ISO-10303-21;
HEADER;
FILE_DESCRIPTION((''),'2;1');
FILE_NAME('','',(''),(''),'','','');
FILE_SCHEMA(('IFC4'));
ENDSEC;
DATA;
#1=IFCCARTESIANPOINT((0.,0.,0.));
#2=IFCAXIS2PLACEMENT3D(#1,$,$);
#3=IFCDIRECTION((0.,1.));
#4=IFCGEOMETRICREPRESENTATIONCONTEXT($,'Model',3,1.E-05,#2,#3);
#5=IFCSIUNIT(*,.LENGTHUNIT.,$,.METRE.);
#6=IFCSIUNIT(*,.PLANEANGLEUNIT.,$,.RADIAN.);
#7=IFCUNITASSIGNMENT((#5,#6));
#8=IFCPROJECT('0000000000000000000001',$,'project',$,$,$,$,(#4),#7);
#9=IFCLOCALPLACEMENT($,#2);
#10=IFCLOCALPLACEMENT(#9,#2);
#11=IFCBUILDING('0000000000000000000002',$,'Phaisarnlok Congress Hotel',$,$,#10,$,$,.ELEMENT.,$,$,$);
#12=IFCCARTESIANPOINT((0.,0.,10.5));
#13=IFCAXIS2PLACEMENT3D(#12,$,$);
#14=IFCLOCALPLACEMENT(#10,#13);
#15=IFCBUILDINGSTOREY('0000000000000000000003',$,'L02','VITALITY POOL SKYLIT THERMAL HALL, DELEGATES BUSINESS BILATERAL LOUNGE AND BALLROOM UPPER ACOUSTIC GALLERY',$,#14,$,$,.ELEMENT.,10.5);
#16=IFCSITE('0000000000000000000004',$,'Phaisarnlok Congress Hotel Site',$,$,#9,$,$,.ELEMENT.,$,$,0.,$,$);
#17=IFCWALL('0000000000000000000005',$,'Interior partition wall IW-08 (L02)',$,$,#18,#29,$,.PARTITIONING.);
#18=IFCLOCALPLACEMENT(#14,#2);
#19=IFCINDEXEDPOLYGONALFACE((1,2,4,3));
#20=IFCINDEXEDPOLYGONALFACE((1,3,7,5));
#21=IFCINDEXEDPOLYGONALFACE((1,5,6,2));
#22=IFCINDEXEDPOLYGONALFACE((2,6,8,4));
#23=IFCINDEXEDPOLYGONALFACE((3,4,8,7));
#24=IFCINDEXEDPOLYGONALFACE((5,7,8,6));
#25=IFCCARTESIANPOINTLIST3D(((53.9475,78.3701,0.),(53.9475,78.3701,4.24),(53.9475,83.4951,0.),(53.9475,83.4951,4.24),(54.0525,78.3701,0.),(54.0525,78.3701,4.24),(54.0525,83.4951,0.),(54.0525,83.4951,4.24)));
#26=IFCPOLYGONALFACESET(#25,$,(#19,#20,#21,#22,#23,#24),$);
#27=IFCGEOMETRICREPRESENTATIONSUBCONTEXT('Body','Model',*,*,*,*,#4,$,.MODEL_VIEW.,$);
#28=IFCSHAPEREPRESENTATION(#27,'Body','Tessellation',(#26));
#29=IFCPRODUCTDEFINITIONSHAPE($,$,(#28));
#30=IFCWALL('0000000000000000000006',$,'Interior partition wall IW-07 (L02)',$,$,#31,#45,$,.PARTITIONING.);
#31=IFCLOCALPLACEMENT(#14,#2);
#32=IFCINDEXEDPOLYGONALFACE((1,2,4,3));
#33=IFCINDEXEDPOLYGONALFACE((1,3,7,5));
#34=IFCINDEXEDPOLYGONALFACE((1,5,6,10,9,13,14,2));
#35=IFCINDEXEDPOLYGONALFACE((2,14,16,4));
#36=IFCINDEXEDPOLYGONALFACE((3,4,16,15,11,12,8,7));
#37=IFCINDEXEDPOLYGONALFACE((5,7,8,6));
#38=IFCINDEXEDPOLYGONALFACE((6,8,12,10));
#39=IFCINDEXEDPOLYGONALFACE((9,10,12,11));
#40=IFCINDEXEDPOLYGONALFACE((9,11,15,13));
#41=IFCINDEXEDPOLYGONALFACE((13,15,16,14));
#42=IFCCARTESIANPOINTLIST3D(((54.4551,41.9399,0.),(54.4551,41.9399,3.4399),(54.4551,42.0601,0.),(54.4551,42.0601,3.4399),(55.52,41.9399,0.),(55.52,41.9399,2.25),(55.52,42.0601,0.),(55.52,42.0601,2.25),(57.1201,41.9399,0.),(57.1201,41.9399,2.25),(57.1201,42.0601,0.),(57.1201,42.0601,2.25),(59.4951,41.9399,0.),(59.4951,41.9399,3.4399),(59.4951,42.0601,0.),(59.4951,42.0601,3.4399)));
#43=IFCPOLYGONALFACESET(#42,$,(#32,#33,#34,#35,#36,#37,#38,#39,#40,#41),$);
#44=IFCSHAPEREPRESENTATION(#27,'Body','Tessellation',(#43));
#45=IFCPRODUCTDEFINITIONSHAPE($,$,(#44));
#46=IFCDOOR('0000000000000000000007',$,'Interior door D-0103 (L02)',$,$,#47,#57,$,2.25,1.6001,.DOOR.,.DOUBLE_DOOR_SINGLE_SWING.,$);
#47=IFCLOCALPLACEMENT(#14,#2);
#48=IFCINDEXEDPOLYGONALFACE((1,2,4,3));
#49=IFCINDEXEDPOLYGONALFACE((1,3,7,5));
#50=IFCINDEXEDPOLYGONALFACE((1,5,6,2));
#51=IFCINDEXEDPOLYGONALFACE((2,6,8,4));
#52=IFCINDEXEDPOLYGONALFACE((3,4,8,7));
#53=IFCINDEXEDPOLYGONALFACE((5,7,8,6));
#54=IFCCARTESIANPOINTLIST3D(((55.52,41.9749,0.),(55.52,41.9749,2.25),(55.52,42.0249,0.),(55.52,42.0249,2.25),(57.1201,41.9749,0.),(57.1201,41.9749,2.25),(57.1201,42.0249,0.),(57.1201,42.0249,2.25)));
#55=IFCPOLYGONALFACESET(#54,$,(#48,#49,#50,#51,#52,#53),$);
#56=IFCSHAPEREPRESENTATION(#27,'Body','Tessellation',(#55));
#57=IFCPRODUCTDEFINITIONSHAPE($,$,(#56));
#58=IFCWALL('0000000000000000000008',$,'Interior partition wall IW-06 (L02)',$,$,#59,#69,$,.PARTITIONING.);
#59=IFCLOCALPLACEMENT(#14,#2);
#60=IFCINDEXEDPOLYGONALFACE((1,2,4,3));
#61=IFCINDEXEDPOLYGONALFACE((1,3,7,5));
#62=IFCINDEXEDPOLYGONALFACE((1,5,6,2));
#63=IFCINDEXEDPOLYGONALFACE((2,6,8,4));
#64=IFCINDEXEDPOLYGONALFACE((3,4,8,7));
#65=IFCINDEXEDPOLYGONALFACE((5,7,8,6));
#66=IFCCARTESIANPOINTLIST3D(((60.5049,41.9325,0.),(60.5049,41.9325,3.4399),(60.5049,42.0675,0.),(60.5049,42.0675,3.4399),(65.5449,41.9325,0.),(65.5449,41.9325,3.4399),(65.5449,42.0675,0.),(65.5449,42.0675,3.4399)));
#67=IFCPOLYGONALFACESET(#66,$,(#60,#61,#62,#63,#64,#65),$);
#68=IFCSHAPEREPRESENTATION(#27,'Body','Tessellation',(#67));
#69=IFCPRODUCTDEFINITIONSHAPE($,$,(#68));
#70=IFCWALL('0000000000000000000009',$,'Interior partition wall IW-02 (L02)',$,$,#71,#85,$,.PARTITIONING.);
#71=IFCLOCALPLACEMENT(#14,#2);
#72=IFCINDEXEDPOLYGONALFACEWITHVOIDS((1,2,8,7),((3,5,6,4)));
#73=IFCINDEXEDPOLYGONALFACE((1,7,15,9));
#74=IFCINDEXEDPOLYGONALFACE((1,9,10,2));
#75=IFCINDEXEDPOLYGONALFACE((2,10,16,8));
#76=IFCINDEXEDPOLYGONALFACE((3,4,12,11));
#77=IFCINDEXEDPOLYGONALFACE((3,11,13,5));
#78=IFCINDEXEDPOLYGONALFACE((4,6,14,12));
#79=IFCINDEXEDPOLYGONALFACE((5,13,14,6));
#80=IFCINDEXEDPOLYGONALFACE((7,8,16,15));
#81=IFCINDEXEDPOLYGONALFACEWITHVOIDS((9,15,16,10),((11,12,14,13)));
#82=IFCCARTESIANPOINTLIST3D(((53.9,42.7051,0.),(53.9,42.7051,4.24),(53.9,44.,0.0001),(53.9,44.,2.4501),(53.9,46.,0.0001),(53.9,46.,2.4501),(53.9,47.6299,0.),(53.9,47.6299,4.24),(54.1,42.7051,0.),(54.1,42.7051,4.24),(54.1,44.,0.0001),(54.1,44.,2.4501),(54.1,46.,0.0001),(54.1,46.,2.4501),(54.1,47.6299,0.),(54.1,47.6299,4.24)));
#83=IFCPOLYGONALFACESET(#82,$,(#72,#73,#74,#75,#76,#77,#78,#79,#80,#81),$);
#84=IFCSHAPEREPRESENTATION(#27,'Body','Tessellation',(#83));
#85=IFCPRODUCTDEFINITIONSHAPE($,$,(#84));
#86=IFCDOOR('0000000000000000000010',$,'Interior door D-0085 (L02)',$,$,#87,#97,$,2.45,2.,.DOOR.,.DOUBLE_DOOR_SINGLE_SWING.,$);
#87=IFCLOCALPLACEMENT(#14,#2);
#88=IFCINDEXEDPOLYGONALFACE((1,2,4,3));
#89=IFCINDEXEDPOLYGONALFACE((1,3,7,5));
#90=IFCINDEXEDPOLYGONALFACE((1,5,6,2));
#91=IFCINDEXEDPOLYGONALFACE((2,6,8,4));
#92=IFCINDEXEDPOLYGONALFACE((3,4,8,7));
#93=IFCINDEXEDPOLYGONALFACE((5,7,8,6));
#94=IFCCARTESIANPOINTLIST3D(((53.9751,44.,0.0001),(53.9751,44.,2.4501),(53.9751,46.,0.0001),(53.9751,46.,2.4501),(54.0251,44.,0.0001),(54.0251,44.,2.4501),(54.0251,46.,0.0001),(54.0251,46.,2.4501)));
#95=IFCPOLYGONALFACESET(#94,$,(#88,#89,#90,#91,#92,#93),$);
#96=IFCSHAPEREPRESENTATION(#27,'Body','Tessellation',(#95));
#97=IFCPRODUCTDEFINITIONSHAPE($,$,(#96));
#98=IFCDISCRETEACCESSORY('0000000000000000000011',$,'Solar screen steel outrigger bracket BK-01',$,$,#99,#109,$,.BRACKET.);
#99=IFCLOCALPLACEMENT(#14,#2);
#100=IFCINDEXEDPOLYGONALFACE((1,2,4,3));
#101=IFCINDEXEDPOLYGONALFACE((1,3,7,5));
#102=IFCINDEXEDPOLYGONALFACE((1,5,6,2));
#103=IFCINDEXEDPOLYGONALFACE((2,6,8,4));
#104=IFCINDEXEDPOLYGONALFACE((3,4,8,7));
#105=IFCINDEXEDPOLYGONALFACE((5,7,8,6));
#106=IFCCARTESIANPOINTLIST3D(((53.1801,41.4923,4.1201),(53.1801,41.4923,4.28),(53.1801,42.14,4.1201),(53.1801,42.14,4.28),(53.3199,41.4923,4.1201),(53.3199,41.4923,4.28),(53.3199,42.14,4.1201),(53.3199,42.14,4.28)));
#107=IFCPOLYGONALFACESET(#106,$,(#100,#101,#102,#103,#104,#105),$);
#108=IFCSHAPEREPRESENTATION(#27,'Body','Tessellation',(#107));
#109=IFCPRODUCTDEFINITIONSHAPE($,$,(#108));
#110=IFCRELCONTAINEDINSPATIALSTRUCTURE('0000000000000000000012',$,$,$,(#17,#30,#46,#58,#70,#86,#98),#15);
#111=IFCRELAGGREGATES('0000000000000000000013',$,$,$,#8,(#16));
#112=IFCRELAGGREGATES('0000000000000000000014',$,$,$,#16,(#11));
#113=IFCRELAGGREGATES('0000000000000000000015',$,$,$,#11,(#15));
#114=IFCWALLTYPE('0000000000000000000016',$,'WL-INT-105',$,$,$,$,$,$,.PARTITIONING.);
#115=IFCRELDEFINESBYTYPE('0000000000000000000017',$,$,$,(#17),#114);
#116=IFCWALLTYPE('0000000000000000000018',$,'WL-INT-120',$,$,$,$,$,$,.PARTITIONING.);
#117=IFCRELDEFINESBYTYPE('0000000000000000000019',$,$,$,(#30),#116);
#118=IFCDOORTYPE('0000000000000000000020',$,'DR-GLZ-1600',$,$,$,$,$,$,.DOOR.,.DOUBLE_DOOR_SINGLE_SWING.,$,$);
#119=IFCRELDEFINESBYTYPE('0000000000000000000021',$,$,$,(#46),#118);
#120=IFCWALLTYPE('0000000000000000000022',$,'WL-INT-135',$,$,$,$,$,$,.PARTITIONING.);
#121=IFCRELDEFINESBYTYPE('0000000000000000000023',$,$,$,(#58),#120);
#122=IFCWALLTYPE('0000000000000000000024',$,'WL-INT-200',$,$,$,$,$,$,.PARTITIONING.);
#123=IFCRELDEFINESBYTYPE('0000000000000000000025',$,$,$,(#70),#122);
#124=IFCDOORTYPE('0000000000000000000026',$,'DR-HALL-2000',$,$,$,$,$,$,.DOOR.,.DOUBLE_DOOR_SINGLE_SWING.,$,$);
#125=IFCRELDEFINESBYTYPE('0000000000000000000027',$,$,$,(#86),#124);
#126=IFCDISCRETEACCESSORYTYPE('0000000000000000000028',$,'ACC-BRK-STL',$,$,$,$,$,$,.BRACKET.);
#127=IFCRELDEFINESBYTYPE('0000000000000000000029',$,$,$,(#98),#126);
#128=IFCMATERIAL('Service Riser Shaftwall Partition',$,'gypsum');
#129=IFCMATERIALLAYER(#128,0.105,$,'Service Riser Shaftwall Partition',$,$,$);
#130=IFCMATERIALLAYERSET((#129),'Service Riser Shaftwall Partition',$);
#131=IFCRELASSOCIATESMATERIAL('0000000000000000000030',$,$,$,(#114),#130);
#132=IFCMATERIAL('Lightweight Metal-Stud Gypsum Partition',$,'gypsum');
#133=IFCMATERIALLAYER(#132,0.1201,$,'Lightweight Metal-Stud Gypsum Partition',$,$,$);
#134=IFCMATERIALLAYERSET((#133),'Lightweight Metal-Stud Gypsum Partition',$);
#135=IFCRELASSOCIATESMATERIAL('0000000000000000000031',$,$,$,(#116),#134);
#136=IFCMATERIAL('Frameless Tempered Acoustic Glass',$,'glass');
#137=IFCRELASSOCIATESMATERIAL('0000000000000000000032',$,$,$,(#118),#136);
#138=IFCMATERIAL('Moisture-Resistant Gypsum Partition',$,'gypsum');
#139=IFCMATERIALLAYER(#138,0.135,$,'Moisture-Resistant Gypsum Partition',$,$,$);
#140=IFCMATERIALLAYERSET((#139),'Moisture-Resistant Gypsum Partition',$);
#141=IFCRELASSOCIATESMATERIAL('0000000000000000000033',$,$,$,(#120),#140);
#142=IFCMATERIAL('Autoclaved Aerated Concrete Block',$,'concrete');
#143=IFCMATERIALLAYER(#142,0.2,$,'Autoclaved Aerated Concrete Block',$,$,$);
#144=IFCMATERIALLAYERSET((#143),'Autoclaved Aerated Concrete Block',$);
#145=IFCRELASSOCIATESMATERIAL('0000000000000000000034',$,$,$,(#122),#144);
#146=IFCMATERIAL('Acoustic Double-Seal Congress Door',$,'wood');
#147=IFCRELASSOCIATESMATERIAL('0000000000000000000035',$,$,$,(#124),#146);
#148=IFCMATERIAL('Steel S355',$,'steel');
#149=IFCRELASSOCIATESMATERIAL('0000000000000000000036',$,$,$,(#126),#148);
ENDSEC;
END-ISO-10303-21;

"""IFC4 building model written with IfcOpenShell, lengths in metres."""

from ifc_helpers import new_model, si_unit, direction, frame, frame_2d, origin, origin_2d, place, context, subcontext, project, spatial, rectangle, extrude, material, layer, layer_set, type_object, element, fill, save


model = new_model("IFC4")

# Units and contexts
model_context = context("Model", 3, precision=1e-05, world=origin(), true_north=direction((0.0, 1.0)))
body_context = subcontext(model_context, "Body", "Model", "MODEL_VIEW")
ifc_project = project(units=[si_unit("LENGTHUNIT", "METRE"), si_unit("PLANEANGLEUNIT", "RADIAN")], contexts=[model_context])

# Site, building, storey
site_placement = place(None, origin())
site = spatial("IfcSite", under=ifc_project, at=site_placement, Name="Phaisarnlok Congress Hotel Site", CompositionType="ELEMENT", RefElevation=0.0)
building_placement = place(site_placement, origin())
building = spatial("IfcBuilding", under=site, at=building_placement, Name="Phaisarnlok Congress Hotel", CompositionType="ELEMENT")
storey_placement = place(building_placement, frame((0.0, 0.0, 10.5)))
storey = spatial("IfcBuildingStorey", under=building, at=storey_placement, Name="L02", Description="VITALITY POOL SKYLIT THERMAL HALL, DELEGATES BUSINESS BILATERAL LOUNGE AND BALLROOM UPPER ACOUSTIC GALLERY", CompositionType="ELEMENT", Elevation=10.5)

# Wall
ifc_material_1 = material(Name="Service Riser Shaftwall Partition", Category="gypsum")
ifc_layer_1 = layer(ifc_material_1, 0.105, Name="Service Riser Shaftwall Partition")
ifc_layer_set_1 = layer_set([ifc_layer_1], Name="Service Riser Shaftwall Partition")
wall_type_1 = type_object("IfcWallType", Name="WL-INT-105", PredefinedType="PARTITIONING", material=ifc_layer_set_1)
wall_1_placement = place(storey_placement, frame((54.0, 78.3701, 0.0), z_axis=(0.0, 0.0, 1.0), x_axis=(0.0, 1.0, 0.0)))
element("IfcWall", 1, at=wall_1_placement, inside=storey, type_object=wall_type_1, Name="Interior partition wall IW-08 (L02)", PredefinedType="PARTITIONING", context=body_context, shape_type="SweptSolid", body=[
    extrude(rectangle(XDim=5.125, YDim=0.105, at=frame_2d((2.5625, 0.0))), origin(), (0.0, 0.0, 1.0), 4.24),
])

# Wall, opening, door
ifc_material_2 = material(Name="Lightweight Metal-Stud Gypsum Partition", Category="gypsum")
ifc_layer_2 = layer(ifc_material_2, 0.1201, Name="Lightweight Metal-Stud Gypsum Partition")
ifc_layer_set_2 = layer_set([ifc_layer_2], Name="Lightweight Metal-Stud Gypsum Partition")
wall_type_2 = type_object("IfcWallType", Name="WL-INT-120", PredefinedType="PARTITIONING", material=ifc_layer_set_2)
wall_2_placement = place(storey_placement, frame((54.4551, 42.0, 0.0), z_axis=(0.0, 0.0, 1.0), x_axis=(1.0, 0.0, 0.0)))
wall_2 = element("IfcWall", 2, at=wall_2_placement, inside=storey, type_object=wall_type_2, Name="Interior partition wall IW-07 (L02)", PredefinedType="PARTITIONING", context=body_context, shape_type="SweptSolid", body=[
    extrude(rectangle(XDim=5.04, YDim=0.1201, at=frame_2d((2.52, 0.0))), origin(), (0.0, 0.0, 1.0), 3.4399),
])
opening_1_placement = place(wall_2_placement, frame((1.0649, 0.0, 0.0)))
opening_1 = element("IfcOpeningElement", 3, at=opening_1_placement, cuts=wall_2, PredefinedType="OPENING", context=body_context, shape_type="SweptSolid", body=[
    extrude(rectangle(XDim=1.6001, YDim=2.25, at=frame_2d((0.8, 1.125))), frame((0.0, 0.0701, 0.0), z_axis=(0.0, -1.0, 0.0), x_axis=(1.0, 0.0, 0.0)), (0.0, 0.0, 1.0), 0.1401),
])
ifc_material_3 = material(Name="Frameless Tempered Acoustic Glass", Category="glass")
door_type_1 = type_object("IfcDoorType", Name="DR-GLZ-1600", OperationType="DOUBLE_DOOR_SINGLE_SWING", PredefinedType="DOOR", material=ifc_material_3)
door_1_placement = place(opening_1_placement, origin())
door_1 = element("IfcDoor", 4, at=door_1_placement, inside=storey, type_object=door_type_1, Name="Interior door D-0103 (L02)", OperationType="DOUBLE_DOOR_SINGLE_SWING", OverallHeight=2.25, OverallWidth=1.6001, PredefinedType="DOOR", context=body_context, shape_type="SweptSolid", body=[
    extrude(rectangle(XDim=1.6001, YDim=2.25, at=frame_2d((0.8, 1.125))), frame((0.0, 0.0249, 0.0), z_axis=(0.0, -1.0, 0.0), x_axis=(1.0, 0.0, 0.0)), (0.0, 0.0, 1.0), 0.05),
])
fill(opening_1, door_1)

# Wall
ifc_material_4 = material(Name="Moisture-Resistant Gypsum Partition", Category="gypsum")
ifc_layer_3 = layer(ifc_material_4, 0.135, Name="Moisture-Resistant Gypsum Partition")
ifc_layer_set_3 = layer_set([ifc_layer_3], Name="Moisture-Resistant Gypsum Partition")
wall_type_3 = type_object("IfcWallType", Name="WL-INT-135", PredefinedType="PARTITIONING", material=ifc_layer_set_3)
wall_3_placement = place(storey_placement, frame((60.5049, 42.0, 0.0), z_axis=(0.0, 0.0, 1.0), x_axis=(1.0, 0.0, 0.0)))
element("IfcWall", 5, at=wall_3_placement, inside=storey, type_object=wall_type_3, Name="Interior partition wall IW-06 (L02)", PredefinedType="PARTITIONING", context=body_context, shape_type="SweptSolid", body=[
    extrude(rectangle(XDim=5.04, YDim=0.135, at=frame_2d((2.52, 0.0))), origin(), (0.0, 0.0, 1.0), 3.4399),
])

# Wall, opening, door
ifc_material_5 = material(Name="Autoclaved Aerated Concrete Block", Category="concrete")
ifc_layer_4 = layer(ifc_material_5, 0.2, Name="Autoclaved Aerated Concrete Block")
ifc_layer_set_4 = layer_set([ifc_layer_4], Name="Autoclaved Aerated Concrete Block")
wall_type_4 = type_object("IfcWallType", Name="WL-INT-200", PredefinedType="PARTITIONING", material=ifc_layer_set_4)
wall_4_placement = place(storey_placement, frame((54.0, 42.7051, 0.0), z_axis=(0.0, 0.0, 1.0), x_axis=(0.0, 1.0, 0.0)))
wall_4 = element("IfcWall", 6, at=wall_4_placement, inside=storey, type_object=wall_type_4, Name="Interior partition wall IW-02 (L02)", PredefinedType="PARTITIONING", context=body_context, shape_type="SweptSolid", body=[
    extrude(rectangle(XDim=4.9248, YDim=0.2, at=frame_2d((2.4624, 0.0))), origin(), (0.0, 0.0, 1.0), 4.24),
])
opening_2_placement = place(wall_4_placement, frame((1.2949, 0.0, 0.0)))
opening_2 = element("IfcOpeningElement", 7, at=opening_2_placement, cuts=wall_4, PredefinedType="OPENING", context=body_context, shape_type="SweptSolid", body=[
    extrude(rectangle(XDim=2.0, YDim=2.45, at=frame_2d((1.0, 1.2251))), frame((0.0, 0.1099, 0.0), z_axis=(0.0, -1.0, 0.0), x_axis=(1.0, 0.0, 0.0)), (0.0, 0.0, 1.0), 0.22),
])
ifc_material_6 = material(Name="Acoustic Double-Seal Congress Door", Category="wood")
door_type_2 = type_object("IfcDoorType", Name="DR-HALL-2000", OperationType="DOUBLE_DOOR_SINGLE_SWING", PredefinedType="DOOR", material=ifc_material_6)
door_2_placement = place(opening_2_placement, origin())
door_2 = element("IfcDoor", 8, at=door_2_placement, inside=storey, type_object=door_type_2, Name="Interior door D-0085 (L02)", OperationType="DOUBLE_DOOR_SINGLE_SWING", OverallHeight=2.45, OverallWidth=2.0, PredefinedType="DOOR", context=body_context, shape_type="SweptSolid", body=[
    extrude(rectangle(XDim=2.0, YDim=2.45, at=frame_2d((1.0, 1.2251))), frame((0.0, 0.0249, 0.0), z_axis=(0.0, -1.0, 0.0), x_axis=(1.0, 0.0, 0.0)), (0.0, 0.0, 1.0), 0.05),
])
fill(opening_2, door_2)

# Discrete accessory
ifc_material_7 = material(Name="Steel S355", Category="steel")
discrete_accessory_type = type_object("IfcDiscreteAccessoryType", Name="ACC-BRK-STL", PredefinedType="BRACKET", material=ifc_material_7)
discrete_accessory_placement = place(storey_placement, frame((53.25, 41.8162, 4.1201), z_axis=(0.0, 0.0, 1.0), x_axis=(1.0, 0.0, 0.0)))
element("IfcDiscreteAccessory", 9, at=discrete_accessory_placement, inside=storey, type_object=discrete_accessory_type, Name="Solar screen steel outrigger bracket BK-01", PredefinedType="BRACKET", context=body_context, shape_type="SweptSolid", body=[
    extrude(rectangle(XDim=0.1399, YDim=0.6477, at=origin_2d()), origin(), (0.0, 0.0, 1.0), 0.1599),
])

save(model, "model.ifc")
